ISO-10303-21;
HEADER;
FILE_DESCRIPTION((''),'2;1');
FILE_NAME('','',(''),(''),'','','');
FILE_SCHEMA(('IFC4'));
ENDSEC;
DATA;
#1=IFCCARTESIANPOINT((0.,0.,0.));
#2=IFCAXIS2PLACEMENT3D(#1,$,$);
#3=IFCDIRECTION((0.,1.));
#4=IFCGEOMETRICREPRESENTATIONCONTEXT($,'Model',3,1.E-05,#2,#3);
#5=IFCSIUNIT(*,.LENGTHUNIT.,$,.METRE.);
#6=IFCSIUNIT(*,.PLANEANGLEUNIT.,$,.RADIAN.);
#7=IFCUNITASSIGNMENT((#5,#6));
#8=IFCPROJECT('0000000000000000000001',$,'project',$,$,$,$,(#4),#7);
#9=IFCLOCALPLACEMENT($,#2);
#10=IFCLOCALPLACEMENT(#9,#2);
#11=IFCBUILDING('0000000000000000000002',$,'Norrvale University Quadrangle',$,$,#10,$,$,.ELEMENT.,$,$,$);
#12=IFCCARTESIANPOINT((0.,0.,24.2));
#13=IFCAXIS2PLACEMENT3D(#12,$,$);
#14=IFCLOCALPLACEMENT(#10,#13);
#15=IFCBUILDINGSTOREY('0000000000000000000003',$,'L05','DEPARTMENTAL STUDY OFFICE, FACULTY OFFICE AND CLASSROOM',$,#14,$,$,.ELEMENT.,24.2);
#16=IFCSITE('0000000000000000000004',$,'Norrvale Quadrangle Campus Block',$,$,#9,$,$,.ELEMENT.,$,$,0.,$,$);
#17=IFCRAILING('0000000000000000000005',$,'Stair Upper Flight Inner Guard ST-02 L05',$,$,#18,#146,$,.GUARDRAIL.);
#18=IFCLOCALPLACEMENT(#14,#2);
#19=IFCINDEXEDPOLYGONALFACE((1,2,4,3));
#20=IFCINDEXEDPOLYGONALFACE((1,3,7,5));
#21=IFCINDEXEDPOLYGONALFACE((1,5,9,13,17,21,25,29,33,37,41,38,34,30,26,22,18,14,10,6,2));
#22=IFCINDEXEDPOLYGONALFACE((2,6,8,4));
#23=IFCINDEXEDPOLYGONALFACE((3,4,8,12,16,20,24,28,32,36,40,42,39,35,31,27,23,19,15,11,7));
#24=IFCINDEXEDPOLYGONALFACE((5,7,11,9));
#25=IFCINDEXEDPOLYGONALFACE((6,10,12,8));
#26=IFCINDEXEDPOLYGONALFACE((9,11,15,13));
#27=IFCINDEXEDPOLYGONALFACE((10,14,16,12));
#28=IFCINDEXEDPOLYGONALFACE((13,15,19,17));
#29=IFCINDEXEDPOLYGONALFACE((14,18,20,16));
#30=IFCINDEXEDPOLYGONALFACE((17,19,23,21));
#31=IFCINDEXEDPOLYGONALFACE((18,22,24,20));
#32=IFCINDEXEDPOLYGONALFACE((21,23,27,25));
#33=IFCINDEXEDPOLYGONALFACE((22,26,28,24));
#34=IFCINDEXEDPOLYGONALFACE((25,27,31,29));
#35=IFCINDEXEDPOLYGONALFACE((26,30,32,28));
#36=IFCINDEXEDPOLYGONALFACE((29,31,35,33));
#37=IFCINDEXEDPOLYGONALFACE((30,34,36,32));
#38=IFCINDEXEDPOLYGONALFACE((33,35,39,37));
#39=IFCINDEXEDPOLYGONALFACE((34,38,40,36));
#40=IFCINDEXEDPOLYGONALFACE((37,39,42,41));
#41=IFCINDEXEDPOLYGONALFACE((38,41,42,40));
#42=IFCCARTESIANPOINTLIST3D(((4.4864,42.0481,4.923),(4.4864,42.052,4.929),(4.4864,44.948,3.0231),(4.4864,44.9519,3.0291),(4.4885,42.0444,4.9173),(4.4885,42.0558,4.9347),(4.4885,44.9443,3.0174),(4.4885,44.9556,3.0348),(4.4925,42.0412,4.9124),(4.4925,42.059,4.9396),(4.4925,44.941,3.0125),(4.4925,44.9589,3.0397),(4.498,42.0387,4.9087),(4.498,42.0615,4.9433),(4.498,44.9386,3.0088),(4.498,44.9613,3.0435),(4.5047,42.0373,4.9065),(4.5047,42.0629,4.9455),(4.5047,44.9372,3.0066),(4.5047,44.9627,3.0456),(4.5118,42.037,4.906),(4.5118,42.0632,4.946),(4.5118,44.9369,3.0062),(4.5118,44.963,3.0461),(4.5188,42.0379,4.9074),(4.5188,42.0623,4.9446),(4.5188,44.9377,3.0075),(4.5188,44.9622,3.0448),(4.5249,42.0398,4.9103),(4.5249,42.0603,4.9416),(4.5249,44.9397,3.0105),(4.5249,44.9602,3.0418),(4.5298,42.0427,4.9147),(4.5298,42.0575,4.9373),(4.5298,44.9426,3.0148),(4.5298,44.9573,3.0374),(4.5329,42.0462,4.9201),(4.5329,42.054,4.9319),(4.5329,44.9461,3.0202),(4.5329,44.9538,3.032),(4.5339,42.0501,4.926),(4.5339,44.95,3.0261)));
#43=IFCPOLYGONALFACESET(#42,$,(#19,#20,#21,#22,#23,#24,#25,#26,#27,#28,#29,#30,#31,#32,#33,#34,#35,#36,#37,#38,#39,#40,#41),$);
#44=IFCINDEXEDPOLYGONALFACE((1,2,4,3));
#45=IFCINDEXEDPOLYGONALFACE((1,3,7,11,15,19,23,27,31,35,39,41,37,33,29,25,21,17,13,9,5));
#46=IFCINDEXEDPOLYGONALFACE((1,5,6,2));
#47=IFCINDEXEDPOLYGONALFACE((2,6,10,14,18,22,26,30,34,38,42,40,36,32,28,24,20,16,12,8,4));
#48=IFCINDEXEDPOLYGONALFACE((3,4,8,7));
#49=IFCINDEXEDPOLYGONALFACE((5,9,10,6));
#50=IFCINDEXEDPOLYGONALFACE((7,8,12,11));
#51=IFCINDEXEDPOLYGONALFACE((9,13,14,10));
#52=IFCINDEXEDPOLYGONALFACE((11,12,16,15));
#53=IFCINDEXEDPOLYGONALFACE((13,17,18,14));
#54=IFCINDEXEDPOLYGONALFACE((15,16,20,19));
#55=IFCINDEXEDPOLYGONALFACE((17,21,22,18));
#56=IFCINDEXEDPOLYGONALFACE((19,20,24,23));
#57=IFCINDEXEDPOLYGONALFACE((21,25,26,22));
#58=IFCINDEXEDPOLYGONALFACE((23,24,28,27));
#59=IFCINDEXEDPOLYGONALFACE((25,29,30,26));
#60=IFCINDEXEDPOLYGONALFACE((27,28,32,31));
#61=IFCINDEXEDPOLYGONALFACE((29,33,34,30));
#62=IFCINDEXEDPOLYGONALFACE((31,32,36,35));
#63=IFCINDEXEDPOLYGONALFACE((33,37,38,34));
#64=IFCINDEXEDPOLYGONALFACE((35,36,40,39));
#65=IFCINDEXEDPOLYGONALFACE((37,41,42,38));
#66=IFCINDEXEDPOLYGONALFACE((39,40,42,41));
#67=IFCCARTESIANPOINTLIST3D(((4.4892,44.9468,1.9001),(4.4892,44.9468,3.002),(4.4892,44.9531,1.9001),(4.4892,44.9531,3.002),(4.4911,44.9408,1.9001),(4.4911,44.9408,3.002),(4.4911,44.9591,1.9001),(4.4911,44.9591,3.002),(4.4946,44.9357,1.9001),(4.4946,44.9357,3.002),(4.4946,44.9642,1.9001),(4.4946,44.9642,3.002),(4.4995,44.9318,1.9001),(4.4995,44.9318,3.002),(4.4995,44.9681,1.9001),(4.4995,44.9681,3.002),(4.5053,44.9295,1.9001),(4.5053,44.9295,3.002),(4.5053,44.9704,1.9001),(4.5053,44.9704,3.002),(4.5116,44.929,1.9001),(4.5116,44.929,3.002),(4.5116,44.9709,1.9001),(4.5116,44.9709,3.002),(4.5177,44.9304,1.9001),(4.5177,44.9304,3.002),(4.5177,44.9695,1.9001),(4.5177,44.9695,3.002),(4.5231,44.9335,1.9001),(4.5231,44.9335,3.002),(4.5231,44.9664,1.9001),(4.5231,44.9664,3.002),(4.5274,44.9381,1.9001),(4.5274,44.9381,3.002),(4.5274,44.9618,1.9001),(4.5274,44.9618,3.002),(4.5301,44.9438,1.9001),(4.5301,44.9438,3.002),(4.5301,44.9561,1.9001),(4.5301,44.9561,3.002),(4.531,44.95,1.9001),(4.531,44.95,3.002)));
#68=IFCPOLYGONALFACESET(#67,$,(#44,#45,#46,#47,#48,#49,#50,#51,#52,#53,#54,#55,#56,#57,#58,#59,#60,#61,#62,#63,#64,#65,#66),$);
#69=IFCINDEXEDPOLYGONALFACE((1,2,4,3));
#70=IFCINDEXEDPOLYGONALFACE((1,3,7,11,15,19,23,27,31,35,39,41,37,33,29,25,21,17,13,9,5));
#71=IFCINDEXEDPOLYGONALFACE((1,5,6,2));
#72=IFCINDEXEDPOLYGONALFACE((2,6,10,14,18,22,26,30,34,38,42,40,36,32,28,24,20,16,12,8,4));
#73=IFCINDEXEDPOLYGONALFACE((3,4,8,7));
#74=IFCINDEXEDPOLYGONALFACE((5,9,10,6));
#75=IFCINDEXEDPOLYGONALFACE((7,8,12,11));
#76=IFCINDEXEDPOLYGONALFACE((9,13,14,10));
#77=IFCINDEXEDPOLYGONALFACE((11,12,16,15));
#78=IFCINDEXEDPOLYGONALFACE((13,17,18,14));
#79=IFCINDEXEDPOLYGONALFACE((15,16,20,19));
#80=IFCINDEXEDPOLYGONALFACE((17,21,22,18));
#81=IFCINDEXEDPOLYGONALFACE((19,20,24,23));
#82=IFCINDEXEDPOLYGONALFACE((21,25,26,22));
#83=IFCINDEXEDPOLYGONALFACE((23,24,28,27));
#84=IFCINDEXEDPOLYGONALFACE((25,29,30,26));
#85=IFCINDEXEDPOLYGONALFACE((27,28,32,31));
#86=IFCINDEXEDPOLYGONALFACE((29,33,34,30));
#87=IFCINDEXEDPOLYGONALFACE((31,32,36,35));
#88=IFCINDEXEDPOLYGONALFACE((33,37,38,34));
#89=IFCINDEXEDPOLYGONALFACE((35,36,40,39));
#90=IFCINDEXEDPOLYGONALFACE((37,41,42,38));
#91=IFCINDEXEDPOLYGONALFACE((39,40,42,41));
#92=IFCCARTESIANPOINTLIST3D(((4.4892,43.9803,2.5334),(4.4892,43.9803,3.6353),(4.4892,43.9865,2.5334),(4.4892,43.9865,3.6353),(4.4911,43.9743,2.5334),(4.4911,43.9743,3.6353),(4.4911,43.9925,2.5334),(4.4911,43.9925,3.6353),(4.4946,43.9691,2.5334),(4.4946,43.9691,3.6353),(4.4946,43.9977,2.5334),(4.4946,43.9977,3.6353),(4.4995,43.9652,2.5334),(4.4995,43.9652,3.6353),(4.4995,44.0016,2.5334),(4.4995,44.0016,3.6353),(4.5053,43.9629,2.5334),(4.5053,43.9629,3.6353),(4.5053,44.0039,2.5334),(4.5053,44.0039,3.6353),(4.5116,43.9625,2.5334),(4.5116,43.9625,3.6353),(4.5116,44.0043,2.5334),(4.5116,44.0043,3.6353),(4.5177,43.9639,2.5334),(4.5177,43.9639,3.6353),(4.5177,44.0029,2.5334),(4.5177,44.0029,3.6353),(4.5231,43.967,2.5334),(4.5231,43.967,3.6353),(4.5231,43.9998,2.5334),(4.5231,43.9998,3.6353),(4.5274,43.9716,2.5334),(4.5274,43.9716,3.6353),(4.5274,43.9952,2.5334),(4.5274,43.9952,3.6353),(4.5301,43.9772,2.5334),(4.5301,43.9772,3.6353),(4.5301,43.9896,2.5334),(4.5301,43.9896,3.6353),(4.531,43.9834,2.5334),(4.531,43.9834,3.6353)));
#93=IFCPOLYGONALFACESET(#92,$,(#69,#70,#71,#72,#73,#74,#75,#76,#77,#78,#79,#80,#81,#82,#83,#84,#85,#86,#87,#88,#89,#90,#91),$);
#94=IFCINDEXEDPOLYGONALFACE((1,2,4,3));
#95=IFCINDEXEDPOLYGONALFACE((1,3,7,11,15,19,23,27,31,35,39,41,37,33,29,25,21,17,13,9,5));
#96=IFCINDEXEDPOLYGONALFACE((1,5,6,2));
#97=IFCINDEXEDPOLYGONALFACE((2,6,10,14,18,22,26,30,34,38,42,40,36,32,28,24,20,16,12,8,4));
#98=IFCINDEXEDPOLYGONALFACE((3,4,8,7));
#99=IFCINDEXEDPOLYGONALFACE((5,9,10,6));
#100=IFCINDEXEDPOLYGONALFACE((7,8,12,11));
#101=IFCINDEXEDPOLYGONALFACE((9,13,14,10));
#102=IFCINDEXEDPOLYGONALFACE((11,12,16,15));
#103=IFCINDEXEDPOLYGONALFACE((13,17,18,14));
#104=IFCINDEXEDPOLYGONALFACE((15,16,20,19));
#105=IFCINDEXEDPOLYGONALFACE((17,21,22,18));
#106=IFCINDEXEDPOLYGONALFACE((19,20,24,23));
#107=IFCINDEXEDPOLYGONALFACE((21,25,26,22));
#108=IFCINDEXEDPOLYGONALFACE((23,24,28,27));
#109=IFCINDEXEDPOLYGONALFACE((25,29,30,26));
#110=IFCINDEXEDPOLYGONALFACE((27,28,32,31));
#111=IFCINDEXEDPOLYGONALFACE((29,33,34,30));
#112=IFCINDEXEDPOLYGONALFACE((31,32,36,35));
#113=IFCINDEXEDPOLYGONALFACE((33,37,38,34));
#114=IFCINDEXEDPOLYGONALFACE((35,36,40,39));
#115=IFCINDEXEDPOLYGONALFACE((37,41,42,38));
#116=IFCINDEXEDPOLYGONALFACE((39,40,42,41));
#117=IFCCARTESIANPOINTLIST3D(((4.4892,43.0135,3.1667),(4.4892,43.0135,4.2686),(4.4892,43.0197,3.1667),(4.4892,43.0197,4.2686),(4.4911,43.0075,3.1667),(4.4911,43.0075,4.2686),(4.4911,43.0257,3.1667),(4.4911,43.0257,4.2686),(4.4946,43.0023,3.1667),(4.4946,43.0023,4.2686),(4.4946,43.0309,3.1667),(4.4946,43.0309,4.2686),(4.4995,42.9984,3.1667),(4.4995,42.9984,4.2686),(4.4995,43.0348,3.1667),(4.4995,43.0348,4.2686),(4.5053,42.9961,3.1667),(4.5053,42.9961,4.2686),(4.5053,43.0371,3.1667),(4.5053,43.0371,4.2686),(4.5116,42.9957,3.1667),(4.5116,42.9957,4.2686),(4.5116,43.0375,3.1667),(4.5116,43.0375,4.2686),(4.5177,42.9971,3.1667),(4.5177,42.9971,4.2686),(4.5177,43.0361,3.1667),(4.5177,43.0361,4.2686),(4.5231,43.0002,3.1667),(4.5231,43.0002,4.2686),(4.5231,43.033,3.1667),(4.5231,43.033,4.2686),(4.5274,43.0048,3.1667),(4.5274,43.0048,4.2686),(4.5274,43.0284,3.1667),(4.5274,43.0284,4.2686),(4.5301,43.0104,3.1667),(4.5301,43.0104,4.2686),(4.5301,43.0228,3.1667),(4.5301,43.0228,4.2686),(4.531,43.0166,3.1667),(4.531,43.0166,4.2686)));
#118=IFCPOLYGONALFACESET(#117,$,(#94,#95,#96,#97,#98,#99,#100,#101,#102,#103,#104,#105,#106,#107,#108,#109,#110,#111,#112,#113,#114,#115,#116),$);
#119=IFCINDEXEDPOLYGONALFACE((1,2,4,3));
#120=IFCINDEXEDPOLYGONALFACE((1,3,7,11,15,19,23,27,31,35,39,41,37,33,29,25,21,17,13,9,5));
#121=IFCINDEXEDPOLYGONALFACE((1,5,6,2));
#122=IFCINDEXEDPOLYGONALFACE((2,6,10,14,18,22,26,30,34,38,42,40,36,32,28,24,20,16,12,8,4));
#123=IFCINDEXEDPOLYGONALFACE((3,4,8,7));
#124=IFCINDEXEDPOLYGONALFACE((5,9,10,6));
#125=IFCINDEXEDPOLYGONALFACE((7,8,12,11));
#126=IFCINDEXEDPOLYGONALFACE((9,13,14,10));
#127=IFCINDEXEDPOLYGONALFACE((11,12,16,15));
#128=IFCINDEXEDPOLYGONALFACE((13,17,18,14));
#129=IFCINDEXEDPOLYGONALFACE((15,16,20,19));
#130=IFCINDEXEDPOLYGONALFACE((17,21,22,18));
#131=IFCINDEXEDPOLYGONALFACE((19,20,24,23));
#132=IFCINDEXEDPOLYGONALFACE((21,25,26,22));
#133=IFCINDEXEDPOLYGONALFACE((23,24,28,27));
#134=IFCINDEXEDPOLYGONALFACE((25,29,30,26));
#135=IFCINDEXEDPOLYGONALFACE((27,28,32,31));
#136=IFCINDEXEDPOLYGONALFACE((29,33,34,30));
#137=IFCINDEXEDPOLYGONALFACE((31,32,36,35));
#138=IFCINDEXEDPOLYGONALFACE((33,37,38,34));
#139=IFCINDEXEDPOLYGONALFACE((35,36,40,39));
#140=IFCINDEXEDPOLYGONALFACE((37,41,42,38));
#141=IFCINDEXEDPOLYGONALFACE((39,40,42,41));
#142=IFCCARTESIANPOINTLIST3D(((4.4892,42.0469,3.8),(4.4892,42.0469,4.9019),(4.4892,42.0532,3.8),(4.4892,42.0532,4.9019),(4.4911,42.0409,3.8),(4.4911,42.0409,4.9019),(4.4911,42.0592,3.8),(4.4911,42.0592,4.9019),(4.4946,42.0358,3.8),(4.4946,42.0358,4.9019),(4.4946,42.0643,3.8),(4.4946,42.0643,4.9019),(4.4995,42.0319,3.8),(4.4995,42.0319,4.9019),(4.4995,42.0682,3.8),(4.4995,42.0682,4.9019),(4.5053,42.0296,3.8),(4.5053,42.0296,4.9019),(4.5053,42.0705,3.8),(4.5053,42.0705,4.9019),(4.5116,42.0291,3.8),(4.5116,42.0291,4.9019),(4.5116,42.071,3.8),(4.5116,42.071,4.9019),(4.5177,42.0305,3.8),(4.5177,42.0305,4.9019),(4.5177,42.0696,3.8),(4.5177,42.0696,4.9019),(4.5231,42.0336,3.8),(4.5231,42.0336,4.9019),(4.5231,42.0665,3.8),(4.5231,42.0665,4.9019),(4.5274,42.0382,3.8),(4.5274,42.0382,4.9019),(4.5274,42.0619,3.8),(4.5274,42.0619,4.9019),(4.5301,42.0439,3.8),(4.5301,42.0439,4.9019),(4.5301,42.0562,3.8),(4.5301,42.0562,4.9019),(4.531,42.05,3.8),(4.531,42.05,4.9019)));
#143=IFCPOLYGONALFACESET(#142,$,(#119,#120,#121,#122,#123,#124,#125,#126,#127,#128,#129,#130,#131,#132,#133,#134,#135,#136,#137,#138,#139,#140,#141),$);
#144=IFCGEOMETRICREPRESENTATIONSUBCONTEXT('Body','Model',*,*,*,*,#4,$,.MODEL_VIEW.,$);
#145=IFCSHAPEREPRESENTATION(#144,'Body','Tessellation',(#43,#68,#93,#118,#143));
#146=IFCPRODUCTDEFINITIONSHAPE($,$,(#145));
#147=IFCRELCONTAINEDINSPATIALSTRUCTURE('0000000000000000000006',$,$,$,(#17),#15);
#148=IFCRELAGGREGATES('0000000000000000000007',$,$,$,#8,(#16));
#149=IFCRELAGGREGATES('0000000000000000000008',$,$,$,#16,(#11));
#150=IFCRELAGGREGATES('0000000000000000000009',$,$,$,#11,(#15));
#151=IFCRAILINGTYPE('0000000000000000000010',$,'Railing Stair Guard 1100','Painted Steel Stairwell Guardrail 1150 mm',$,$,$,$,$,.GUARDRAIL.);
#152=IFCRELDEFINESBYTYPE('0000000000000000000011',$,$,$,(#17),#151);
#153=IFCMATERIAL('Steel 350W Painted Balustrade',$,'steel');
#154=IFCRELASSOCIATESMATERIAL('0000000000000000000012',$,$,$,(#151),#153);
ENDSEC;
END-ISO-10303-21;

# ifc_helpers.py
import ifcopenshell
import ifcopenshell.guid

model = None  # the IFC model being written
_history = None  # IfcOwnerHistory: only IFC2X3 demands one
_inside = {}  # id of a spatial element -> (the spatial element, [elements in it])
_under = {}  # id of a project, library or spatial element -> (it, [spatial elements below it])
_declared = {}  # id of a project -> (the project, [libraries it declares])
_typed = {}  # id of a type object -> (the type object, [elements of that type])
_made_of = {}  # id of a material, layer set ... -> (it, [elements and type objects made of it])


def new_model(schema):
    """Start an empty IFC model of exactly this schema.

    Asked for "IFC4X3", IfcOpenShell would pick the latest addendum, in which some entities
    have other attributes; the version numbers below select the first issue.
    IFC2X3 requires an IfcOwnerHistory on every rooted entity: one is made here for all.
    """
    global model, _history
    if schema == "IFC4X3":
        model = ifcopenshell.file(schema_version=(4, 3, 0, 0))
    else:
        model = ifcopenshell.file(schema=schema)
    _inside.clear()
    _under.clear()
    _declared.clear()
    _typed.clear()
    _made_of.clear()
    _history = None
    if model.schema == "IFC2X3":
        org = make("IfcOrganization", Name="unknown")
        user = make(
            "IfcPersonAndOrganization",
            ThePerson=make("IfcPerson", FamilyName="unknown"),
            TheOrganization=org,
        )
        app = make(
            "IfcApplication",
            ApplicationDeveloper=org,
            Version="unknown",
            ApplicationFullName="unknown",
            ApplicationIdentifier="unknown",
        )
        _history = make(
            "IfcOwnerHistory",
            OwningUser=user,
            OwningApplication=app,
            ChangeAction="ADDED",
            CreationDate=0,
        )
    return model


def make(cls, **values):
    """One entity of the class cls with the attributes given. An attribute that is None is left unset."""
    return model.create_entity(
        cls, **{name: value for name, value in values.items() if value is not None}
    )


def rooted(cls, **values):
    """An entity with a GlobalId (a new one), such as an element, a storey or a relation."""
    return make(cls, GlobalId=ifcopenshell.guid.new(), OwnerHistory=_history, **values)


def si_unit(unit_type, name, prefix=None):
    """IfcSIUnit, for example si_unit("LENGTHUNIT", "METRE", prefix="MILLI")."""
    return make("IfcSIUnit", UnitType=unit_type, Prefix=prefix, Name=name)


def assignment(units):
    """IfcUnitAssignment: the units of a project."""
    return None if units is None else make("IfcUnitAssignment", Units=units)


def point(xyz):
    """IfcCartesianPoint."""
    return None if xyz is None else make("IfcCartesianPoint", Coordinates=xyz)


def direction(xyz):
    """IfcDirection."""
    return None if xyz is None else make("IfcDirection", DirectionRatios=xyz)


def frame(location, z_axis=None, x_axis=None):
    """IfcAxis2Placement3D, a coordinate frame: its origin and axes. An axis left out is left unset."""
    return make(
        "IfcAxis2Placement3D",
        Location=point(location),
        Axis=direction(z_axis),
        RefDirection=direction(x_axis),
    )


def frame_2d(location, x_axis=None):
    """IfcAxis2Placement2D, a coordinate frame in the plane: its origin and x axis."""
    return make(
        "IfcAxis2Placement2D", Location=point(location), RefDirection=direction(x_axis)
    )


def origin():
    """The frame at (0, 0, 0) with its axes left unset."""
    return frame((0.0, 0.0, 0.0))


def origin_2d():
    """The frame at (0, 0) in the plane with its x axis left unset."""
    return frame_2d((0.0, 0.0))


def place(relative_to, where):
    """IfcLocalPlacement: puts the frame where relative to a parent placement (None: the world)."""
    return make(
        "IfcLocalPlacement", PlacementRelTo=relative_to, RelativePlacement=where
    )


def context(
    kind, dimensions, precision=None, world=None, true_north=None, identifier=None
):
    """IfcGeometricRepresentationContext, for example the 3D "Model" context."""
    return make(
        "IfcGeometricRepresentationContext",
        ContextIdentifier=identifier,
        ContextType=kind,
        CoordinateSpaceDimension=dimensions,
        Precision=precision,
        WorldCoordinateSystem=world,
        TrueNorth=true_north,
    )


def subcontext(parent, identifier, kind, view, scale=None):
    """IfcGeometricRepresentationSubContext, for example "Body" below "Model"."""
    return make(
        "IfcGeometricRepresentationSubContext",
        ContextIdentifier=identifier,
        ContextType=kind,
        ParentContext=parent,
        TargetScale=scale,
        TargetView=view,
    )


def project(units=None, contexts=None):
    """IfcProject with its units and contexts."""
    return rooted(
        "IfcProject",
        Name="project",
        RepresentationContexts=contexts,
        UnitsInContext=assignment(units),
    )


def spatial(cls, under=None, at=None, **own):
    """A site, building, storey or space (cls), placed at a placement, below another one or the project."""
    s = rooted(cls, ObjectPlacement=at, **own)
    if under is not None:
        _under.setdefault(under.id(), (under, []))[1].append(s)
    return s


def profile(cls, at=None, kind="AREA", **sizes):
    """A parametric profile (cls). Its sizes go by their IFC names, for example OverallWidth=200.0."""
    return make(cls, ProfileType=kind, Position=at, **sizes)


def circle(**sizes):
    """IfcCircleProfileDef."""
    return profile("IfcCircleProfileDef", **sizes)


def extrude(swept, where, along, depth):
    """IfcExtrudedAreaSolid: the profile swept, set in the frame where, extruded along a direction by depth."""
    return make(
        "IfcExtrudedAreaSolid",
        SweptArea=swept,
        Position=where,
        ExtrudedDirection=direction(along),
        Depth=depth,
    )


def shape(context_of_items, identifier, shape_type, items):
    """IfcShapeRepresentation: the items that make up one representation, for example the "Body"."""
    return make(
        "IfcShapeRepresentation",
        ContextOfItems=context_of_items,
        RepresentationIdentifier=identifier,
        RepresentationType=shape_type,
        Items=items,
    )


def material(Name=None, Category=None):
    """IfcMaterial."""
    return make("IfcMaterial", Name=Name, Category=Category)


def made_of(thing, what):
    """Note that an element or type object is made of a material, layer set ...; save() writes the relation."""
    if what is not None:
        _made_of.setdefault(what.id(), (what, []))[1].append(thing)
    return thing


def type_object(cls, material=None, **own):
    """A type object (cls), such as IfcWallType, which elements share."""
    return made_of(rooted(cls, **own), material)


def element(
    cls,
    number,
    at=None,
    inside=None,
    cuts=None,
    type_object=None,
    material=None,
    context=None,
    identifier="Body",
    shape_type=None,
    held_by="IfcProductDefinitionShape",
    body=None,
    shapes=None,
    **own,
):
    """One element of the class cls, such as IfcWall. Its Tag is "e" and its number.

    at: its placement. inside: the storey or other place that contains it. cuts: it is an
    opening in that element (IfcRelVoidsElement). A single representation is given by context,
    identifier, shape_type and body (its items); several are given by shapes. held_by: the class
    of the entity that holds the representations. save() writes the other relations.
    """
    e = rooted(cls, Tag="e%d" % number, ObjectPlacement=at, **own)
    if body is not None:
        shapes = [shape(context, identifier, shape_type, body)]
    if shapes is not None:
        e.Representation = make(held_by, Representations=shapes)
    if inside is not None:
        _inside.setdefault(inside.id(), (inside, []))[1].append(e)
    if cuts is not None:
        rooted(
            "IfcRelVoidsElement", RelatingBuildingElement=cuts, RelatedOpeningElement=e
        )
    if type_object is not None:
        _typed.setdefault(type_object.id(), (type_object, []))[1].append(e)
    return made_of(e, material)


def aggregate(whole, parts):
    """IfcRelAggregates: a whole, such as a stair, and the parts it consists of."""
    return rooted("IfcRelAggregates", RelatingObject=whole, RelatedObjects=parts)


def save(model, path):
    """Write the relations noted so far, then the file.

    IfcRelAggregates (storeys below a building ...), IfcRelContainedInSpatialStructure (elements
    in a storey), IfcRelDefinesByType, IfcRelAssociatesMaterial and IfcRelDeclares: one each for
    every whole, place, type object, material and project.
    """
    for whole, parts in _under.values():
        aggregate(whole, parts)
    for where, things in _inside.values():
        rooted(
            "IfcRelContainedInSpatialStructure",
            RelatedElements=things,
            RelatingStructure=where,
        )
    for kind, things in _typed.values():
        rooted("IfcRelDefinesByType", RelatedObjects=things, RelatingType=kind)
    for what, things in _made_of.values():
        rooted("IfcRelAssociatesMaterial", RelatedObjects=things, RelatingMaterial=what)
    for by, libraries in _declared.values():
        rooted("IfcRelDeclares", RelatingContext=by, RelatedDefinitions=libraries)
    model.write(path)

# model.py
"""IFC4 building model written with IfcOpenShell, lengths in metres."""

from ifc_helpers import new_model, si_unit, direction, frame, origin, origin_2d, place, context, subcontext, project, spatial, circle, extrude, material, type_object, element, save


model = new_model("IFC4")

# Units and contexts
model_context = context("Model", 3, precision=1e-05, world=origin(), true_north=direction((0.0, 1.0)))
body_context = subcontext(model_context, "Body", "Model", "MODEL_VIEW")
ifc_project = project(units=[si_unit("LENGTHUNIT", "METRE"), si_unit("PLANEANGLEUNIT", "RADIAN")], contexts=[model_context])

# Site, building, storey
site_placement = place(None, origin())
site = spatial("IfcSite", under=ifc_project, at=site_placement, Name="Norrvale Quadrangle Campus Block", CompositionType="ELEMENT", RefElevation=0.0)
building_placement = place(site_placement, origin())
building = spatial("IfcBuilding", under=site, at=building_placement, Name="Norrvale University Quadrangle", CompositionType="ELEMENT")
storey_placement = place(building_placement, frame((0.0, 0.0, 24.2)))
storey = spatial("IfcBuildingStorey", under=building, at=storey_placement, Name="L05", Description="DEPARTMENTAL STUDY OFFICE, FACULTY OFFICE AND CLASSROOM", CompositionType="ELEMENT", Elevation=24.2)

# Railing
ifc_material_1 = material(Name="Steel 350W Painted Balustrade", Category="steel")
railing_type_1 = type_object("IfcRailingType", Name="Railing Stair Guard 1100", Description="Painted Steel Stairwell Guardrail 1150 mm", PredefinedType="GUARDRAIL", material=ifc_material_1)
railing_1_placement = place(storey_placement, frame((4.51, 44.95, 1.9001)))
element("IfcRailing", 1, at=railing_1_placement, inside=storey, type_object=railing_type_1, Name="Stair Upper Flight Inner Guard ST-02 L05", PredefinedType="GUARDRAIL", context=body_context, shape_type="SweptSolid", body=[
    extrude(circle(Radius=0.0239, at=origin_2d()), frame((0.0, 0.0, 1.126), z_axis=(0.0, -0.836466, 0.548019), x_axis=(1.0, 0.0, 0.0)), (0.0, 0.0, 1.0), 3.4668),
    extrude(circle(Radius=0.021, at=origin_2d()), origin(), (0.0, 0.0, 1.0), 1.1018),
    extrude(circle(Radius=0.021, at=origin_2d()), frame((0.0, -0.9666, 0.6333)), (0.0, 0.0, 1.0), 1.1018),
    extrude(circle(Radius=0.021, at=origin_2d()), frame((0.0, -1.9333, 1.2666)), (0.0, 0.0, 1.0), 1.1018),
    extrude(circle(Radius=0.021, at=origin_2d()), frame((0.0, -2.8999, 1.8999)), (0.0, 0.0, 1.0), 1.1018),
])

save(model, "model.ifc")
